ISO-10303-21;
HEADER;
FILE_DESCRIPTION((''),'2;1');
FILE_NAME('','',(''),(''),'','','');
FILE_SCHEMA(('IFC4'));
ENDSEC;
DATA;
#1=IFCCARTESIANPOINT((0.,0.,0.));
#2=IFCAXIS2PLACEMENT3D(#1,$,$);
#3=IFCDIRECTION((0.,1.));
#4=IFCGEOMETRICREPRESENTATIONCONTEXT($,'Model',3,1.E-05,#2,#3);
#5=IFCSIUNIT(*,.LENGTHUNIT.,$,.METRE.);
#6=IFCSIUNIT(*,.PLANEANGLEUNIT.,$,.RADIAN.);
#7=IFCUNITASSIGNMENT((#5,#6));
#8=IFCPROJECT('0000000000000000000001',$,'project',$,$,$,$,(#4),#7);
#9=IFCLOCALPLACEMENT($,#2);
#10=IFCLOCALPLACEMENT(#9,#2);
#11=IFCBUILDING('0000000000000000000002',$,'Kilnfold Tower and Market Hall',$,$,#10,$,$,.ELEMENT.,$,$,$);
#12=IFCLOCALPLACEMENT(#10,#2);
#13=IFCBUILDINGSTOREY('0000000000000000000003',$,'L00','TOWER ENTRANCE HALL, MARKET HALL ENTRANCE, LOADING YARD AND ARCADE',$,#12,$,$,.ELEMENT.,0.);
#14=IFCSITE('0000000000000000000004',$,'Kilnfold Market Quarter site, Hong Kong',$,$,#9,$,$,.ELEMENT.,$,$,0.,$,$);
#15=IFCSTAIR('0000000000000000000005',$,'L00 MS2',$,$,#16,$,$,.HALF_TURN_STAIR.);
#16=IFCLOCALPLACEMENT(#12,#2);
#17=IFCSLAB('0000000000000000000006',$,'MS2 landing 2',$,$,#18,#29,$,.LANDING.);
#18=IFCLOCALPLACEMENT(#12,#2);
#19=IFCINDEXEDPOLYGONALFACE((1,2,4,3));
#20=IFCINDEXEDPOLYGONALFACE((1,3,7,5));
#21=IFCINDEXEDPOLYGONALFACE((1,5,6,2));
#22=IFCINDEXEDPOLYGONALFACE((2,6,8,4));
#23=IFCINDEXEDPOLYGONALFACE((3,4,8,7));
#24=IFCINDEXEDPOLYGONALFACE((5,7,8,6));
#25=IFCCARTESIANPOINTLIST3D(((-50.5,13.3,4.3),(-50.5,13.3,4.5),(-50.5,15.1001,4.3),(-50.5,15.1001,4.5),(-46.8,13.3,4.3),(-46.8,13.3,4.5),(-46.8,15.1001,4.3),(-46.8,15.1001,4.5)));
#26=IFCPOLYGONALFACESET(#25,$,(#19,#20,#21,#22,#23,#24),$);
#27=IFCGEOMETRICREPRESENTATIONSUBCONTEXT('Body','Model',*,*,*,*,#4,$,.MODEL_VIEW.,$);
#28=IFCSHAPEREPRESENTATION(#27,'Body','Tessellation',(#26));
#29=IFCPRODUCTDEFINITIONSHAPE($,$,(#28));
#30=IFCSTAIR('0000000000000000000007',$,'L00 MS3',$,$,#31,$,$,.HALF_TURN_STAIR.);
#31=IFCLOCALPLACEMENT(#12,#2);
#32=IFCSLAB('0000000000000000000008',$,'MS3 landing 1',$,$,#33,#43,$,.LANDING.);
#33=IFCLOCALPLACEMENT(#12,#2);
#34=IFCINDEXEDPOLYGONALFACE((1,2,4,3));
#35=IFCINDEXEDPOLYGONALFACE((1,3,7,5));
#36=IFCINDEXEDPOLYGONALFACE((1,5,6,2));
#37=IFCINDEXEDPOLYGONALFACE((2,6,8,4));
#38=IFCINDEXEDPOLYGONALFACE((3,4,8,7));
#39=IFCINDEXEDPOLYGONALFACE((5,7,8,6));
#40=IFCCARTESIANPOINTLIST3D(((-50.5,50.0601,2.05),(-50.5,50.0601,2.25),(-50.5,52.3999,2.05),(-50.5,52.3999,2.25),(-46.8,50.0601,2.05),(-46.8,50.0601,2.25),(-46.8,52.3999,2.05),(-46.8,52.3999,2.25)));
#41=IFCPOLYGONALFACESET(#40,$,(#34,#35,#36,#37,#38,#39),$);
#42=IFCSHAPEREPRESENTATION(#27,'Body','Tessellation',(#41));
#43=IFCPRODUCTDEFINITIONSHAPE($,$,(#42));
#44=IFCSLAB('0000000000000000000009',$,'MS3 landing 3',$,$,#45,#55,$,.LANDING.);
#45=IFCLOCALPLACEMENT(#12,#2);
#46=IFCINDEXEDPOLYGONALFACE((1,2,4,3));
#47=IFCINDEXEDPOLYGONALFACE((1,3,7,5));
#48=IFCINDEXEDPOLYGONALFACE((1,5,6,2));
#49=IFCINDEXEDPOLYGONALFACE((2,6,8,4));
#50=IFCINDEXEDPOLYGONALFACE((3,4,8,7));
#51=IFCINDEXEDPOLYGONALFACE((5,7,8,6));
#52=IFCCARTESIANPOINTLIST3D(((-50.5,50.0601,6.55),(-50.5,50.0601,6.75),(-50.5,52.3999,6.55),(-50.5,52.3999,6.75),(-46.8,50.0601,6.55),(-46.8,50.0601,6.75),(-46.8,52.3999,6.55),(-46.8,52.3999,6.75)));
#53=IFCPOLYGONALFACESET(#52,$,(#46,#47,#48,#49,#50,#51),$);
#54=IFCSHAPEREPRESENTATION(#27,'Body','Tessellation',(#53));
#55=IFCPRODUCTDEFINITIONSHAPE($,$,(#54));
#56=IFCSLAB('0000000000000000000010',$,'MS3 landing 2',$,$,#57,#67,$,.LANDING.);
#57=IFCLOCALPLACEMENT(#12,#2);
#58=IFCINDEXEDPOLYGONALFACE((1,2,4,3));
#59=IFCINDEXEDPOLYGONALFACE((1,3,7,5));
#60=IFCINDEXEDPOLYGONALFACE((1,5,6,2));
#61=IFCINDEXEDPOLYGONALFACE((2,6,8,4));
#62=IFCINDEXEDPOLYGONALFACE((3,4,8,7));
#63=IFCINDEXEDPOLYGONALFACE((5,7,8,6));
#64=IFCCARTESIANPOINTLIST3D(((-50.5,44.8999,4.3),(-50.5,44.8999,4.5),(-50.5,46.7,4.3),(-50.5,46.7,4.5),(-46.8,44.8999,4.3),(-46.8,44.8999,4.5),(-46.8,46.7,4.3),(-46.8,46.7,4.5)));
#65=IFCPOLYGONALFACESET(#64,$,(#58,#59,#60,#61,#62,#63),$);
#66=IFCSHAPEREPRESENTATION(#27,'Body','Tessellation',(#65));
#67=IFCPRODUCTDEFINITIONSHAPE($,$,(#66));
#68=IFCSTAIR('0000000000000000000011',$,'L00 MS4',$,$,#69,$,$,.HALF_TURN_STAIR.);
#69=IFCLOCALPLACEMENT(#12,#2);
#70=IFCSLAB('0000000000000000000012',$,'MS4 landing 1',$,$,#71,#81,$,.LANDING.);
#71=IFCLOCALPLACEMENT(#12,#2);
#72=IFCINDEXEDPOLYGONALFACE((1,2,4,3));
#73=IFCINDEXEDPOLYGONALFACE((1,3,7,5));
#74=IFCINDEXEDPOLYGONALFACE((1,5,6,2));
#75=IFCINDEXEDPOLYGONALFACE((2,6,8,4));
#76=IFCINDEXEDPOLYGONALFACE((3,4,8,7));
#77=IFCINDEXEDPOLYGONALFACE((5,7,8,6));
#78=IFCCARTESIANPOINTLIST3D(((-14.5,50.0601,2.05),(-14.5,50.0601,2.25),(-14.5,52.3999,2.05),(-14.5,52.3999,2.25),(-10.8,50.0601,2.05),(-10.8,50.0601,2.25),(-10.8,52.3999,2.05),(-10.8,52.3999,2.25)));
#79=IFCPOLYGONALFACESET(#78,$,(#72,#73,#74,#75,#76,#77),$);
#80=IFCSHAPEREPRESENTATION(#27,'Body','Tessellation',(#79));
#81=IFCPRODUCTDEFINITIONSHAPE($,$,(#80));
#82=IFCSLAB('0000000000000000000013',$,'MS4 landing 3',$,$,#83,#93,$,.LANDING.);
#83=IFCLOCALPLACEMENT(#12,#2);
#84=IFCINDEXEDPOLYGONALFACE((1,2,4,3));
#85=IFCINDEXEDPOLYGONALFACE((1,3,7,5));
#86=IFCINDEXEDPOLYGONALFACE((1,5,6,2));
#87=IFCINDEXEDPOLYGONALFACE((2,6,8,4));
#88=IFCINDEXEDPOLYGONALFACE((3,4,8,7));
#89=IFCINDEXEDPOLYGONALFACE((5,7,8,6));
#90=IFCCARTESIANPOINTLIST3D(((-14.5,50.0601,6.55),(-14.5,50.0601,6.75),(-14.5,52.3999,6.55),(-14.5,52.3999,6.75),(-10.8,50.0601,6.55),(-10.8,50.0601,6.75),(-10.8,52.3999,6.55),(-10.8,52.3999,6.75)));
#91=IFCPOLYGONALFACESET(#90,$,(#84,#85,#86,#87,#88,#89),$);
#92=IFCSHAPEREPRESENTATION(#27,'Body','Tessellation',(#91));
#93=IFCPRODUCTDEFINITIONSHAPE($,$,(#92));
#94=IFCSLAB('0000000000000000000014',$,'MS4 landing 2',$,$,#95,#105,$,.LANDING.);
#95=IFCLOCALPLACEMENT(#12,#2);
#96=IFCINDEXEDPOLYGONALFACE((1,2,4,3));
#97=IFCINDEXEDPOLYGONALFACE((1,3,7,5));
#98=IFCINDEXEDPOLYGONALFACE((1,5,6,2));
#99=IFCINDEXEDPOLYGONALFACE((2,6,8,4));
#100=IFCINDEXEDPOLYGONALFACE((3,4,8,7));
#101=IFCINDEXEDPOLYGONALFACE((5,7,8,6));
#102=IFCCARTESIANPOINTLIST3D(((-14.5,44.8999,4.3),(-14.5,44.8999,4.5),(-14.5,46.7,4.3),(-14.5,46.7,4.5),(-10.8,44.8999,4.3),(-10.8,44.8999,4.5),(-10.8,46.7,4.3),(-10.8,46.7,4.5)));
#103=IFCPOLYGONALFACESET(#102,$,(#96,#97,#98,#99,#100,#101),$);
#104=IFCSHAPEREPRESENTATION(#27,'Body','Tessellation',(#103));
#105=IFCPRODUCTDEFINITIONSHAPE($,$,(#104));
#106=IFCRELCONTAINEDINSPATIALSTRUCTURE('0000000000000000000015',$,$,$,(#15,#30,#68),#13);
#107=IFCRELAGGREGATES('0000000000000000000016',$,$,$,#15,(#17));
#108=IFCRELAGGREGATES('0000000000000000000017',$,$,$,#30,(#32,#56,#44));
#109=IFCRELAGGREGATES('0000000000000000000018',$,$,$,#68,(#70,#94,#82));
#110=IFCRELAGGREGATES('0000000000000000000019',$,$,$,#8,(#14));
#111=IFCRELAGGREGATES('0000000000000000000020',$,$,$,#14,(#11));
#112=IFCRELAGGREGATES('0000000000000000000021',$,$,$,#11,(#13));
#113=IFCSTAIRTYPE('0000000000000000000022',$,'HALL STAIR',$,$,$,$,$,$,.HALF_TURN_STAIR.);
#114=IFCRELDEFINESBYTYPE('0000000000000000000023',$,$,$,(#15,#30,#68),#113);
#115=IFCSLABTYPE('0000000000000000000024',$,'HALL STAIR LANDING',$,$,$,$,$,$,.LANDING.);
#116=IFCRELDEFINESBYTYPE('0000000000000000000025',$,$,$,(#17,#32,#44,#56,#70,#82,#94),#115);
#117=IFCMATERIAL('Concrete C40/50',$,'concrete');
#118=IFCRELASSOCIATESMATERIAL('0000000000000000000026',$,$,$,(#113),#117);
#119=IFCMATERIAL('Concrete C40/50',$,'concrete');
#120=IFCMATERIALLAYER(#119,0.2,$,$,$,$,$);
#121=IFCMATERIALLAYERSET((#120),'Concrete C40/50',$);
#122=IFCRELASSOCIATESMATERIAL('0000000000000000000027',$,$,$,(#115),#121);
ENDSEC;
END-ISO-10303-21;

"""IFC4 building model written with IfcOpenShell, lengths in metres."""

from ifc_helpers import new_model, si_unit, direction, frame, origin, place, context, subcontext, project, spatial, polyline, outline, extrude, source, transform, mapped, material, layer, layer_set, type_object, element, aggregate, save


model = new_model("IFC4")

# Units and contexts
model_context = context("Model", 3, precision=1e-05, world=origin(), true_north=direction((0.0, 1.0)))
body_context = subcontext(model_context, "Body", "Model", "MODEL_VIEW")
ifc_project = project(units=[si_unit("LENGTHUNIT", "METRE"), si_unit("PLANEANGLEUNIT", "RADIAN")], contexts=[model_context])

# Site, building, storey
site_placement = place(None, origin())
site = spatial("IfcSite", under=ifc_project, at=site_placement, Name="Kilnfold Market Quarter site, Hong Kong", CompositionType="ELEMENT", RefElevation=0.0)
building_placement = place(site_placement, origin())
building = spatial("IfcBuilding", under=site, at=building_placement, Name="Kilnfold Tower and Market Hall", CompositionType="ELEMENT")
storey_placement = place(building_placement, origin())
storey = spatial("IfcBuildingStorey", under=building, at=storey_placement, Name="L00", Description="TOWER ENTRANCE HALL, MARKET HALL ENTRANCE, LOADING YARD AND ARCADE", CompositionType="ELEMENT", Elevation=0.0)

# Stairs, slabs
ifc_material_1 = material(Name="Concrete C40/50", Category="concrete")
stair_type_1 = type_object("IfcStairType", Name="HALL STAIR", PredefinedType="HALF_TURN_STAIR", material=ifc_material_1)
ifc_material_2 = material(Name="Concrete C40/50", Category="concrete")
ifc_layer_1 = layer(ifc_material_2, 0.2)
ifc_layer_set_1 = layer_set([ifc_layer_1], Name="Concrete C40/50")
slab_type_1 = type_object("IfcSlabType", Name="HALL STAIR LANDING", PredefinedType="LANDING", material=ifc_layer_set_1)
stair_1_placement = place(storey_placement, origin())
stair_1 = element("IfcStair", 1, at=stair_1_placement, inside=storey, type_object=stair_type_1, Name="L00 MS2", PredefinedType="HALF_TURN_STAIR")
shared_shape_1 = source(origin(), body_context, "Body", "SweptSolid", [
    extrude(outline(polyline([(-50.5, 15.1001), (-50.5, 13.3), (-46.8, 13.3), (-46.8, 15.1001), (-50.5, 15.1001)])), origin(), (0.0, 0.0, 1.0), 0.2),
])
slab_1_placement = place(storey_placement, frame((0.0, 0.0, 4.3)))
slab_1 = element("IfcSlab", 2, at=slab_1_placement, type_object=slab_type_1, Name="MS2 landing 2", PredefinedType="LANDING", context=body_context, shape_type="MappedRepresentation", body=[
    mapped(shared_shape_1, transform((0.0, 0.0, 0.0))),
])
aggregate(stair_1, [slab_1])
stair_2_placement = place(storey_placement, origin())
stair_2 = element("IfcStair", 3, at=stair_2_placement, inside=storey, type_object=stair_type_1, Name="L00 MS3", PredefinedType="HALF_TURN_STAIR")
shared_shape_2 = source(origin(), body_context, "Body", "SweptSolid", [
    extrude(outline(polyline([(-46.8, 50.0601), (-46.8, 52.3999), (-50.5, 52.3999), (-50.5, 50.0601), (-46.8, 50.0601)])), origin(), (0.0, 0.0, 1.0), 0.2),
])
slab_2_placement = place(storey_placement, frame((0.0, 0.0, 2.05)))
slab_2 = element("IfcSlab", 4, at=slab_2_placement, type_object=slab_type_1, Name="MS3 landing 1", PredefinedType="LANDING", context=body_context, shape_type="MappedRepresentation", body=[
    mapped(shared_shape_2, transform((0.0, 0.0, 0.0))),
])
slab_3_placement = place(storey_placement, frame((0.0, 0.0, 6.55)))
slab_3 = element("IfcSlab", 5, at=slab_3_placement, type_object=slab_type_1, Name="MS3 landing 3", PredefinedType="LANDING", context=body_context, shape_type="MappedRepresentation", body=[
    mapped(shared_shape_2, transform((0.0, 0.0, 0.0))),
])
shared_shape_3 = source(origin(), body_context, "Body", "SweptSolid", [
    extrude(outline(polyline([(-46.8, 44.8999), (-46.8, 46.7), (-50.5, 46.7), (-50.5, 44.8999), (-46.8, 44.8999)])), origin(), (0.0, 0.0, 1.0), 0.2),
])
slab_4_placement = place(storey_placement, frame((0.0, 0.0, 4.3)))
slab_4 = element("IfcSlab", 6, at=slab_4_placement, type_object=slab_type_1, Name="MS3 landing 2", PredefinedType="LANDING", context=body_context, shape_type="MappedRepresentation", body=[
    mapped(shared_shape_3, transform((0.0, 0.0, 0.0))),
])
aggregate(stair_2, [slab_2, slab_4, slab_3])
stair_3_placement = place(storey_placement, origin())
stair_3 = element("IfcStair", 7, at=stair_3_placement, inside=storey, type_object=stair_type_1, Name="L00 MS4", PredefinedType="HALF_TURN_STAIR")
shared_shape_4 = source(origin(), body_context, "Body", "SweptSolid", [
    extrude(outline(polyline([(-10.8, 50.0601), (-10.8, 52.3999), (-14.5, 52.3999), (-14.5, 50.0601), (-10.8, 50.0601)])), origin(), (0.0, 0.0, 1.0), 0.2),
])
slab_5_placement = place(storey_placement, frame((0.0, 0.0, 2.05)))
slab_5 = element("IfcSlab", 8, at=slab_5_placement, type_object=slab_type_1, Name="MS4 landing 1", PredefinedType="LANDING", context=body_context, shape_type="MappedRepresentation", body=[
    mapped(shared_shape_4, transform((0.0, 0.0, 0.0))),
])
slab_6_placement = place(storey_placement, frame((0.0, 0.0, 6.55)))
slab_6 = element("IfcSlab", 9, at=slab_6_placement, type_object=slab_type_1, Name="MS4 landing 3", PredefinedType="LANDING", context=body_context, shape_type="MappedRepresentation", body=[
    mapped(shared_shape_4, transform((0.0, 0.0, 0.0))),
])
shared_shape_5 = source(origin(), body_context, "Body", "SweptSolid", [
    extrude(outline(polyline([(-10.8, 44.8999), (-10.8, 46.7), (-14.5, 46.7), (-14.5, 44.8999), (-10.8, 44.8999)])), origin(), (0.0, 0.0, 1.0), 0.2),
])
slab_7_placement = place(storey_placement, frame((0.0, 0.0, 4.3)))
slab_7 = element("IfcSlab", 10, at=slab_7_placement, type_object=slab_type_1, Name="MS4 landing 2", PredefinedType="LANDING", context=body_context, shape_type="MappedRepresentation", body=[
    mapped(shared_shape_5, transform((0.0, 0.0, 0.0))),
])
aggregate(stair_3, [slab_5, slab_7, slab_6])

save(model, "model.ifc")
